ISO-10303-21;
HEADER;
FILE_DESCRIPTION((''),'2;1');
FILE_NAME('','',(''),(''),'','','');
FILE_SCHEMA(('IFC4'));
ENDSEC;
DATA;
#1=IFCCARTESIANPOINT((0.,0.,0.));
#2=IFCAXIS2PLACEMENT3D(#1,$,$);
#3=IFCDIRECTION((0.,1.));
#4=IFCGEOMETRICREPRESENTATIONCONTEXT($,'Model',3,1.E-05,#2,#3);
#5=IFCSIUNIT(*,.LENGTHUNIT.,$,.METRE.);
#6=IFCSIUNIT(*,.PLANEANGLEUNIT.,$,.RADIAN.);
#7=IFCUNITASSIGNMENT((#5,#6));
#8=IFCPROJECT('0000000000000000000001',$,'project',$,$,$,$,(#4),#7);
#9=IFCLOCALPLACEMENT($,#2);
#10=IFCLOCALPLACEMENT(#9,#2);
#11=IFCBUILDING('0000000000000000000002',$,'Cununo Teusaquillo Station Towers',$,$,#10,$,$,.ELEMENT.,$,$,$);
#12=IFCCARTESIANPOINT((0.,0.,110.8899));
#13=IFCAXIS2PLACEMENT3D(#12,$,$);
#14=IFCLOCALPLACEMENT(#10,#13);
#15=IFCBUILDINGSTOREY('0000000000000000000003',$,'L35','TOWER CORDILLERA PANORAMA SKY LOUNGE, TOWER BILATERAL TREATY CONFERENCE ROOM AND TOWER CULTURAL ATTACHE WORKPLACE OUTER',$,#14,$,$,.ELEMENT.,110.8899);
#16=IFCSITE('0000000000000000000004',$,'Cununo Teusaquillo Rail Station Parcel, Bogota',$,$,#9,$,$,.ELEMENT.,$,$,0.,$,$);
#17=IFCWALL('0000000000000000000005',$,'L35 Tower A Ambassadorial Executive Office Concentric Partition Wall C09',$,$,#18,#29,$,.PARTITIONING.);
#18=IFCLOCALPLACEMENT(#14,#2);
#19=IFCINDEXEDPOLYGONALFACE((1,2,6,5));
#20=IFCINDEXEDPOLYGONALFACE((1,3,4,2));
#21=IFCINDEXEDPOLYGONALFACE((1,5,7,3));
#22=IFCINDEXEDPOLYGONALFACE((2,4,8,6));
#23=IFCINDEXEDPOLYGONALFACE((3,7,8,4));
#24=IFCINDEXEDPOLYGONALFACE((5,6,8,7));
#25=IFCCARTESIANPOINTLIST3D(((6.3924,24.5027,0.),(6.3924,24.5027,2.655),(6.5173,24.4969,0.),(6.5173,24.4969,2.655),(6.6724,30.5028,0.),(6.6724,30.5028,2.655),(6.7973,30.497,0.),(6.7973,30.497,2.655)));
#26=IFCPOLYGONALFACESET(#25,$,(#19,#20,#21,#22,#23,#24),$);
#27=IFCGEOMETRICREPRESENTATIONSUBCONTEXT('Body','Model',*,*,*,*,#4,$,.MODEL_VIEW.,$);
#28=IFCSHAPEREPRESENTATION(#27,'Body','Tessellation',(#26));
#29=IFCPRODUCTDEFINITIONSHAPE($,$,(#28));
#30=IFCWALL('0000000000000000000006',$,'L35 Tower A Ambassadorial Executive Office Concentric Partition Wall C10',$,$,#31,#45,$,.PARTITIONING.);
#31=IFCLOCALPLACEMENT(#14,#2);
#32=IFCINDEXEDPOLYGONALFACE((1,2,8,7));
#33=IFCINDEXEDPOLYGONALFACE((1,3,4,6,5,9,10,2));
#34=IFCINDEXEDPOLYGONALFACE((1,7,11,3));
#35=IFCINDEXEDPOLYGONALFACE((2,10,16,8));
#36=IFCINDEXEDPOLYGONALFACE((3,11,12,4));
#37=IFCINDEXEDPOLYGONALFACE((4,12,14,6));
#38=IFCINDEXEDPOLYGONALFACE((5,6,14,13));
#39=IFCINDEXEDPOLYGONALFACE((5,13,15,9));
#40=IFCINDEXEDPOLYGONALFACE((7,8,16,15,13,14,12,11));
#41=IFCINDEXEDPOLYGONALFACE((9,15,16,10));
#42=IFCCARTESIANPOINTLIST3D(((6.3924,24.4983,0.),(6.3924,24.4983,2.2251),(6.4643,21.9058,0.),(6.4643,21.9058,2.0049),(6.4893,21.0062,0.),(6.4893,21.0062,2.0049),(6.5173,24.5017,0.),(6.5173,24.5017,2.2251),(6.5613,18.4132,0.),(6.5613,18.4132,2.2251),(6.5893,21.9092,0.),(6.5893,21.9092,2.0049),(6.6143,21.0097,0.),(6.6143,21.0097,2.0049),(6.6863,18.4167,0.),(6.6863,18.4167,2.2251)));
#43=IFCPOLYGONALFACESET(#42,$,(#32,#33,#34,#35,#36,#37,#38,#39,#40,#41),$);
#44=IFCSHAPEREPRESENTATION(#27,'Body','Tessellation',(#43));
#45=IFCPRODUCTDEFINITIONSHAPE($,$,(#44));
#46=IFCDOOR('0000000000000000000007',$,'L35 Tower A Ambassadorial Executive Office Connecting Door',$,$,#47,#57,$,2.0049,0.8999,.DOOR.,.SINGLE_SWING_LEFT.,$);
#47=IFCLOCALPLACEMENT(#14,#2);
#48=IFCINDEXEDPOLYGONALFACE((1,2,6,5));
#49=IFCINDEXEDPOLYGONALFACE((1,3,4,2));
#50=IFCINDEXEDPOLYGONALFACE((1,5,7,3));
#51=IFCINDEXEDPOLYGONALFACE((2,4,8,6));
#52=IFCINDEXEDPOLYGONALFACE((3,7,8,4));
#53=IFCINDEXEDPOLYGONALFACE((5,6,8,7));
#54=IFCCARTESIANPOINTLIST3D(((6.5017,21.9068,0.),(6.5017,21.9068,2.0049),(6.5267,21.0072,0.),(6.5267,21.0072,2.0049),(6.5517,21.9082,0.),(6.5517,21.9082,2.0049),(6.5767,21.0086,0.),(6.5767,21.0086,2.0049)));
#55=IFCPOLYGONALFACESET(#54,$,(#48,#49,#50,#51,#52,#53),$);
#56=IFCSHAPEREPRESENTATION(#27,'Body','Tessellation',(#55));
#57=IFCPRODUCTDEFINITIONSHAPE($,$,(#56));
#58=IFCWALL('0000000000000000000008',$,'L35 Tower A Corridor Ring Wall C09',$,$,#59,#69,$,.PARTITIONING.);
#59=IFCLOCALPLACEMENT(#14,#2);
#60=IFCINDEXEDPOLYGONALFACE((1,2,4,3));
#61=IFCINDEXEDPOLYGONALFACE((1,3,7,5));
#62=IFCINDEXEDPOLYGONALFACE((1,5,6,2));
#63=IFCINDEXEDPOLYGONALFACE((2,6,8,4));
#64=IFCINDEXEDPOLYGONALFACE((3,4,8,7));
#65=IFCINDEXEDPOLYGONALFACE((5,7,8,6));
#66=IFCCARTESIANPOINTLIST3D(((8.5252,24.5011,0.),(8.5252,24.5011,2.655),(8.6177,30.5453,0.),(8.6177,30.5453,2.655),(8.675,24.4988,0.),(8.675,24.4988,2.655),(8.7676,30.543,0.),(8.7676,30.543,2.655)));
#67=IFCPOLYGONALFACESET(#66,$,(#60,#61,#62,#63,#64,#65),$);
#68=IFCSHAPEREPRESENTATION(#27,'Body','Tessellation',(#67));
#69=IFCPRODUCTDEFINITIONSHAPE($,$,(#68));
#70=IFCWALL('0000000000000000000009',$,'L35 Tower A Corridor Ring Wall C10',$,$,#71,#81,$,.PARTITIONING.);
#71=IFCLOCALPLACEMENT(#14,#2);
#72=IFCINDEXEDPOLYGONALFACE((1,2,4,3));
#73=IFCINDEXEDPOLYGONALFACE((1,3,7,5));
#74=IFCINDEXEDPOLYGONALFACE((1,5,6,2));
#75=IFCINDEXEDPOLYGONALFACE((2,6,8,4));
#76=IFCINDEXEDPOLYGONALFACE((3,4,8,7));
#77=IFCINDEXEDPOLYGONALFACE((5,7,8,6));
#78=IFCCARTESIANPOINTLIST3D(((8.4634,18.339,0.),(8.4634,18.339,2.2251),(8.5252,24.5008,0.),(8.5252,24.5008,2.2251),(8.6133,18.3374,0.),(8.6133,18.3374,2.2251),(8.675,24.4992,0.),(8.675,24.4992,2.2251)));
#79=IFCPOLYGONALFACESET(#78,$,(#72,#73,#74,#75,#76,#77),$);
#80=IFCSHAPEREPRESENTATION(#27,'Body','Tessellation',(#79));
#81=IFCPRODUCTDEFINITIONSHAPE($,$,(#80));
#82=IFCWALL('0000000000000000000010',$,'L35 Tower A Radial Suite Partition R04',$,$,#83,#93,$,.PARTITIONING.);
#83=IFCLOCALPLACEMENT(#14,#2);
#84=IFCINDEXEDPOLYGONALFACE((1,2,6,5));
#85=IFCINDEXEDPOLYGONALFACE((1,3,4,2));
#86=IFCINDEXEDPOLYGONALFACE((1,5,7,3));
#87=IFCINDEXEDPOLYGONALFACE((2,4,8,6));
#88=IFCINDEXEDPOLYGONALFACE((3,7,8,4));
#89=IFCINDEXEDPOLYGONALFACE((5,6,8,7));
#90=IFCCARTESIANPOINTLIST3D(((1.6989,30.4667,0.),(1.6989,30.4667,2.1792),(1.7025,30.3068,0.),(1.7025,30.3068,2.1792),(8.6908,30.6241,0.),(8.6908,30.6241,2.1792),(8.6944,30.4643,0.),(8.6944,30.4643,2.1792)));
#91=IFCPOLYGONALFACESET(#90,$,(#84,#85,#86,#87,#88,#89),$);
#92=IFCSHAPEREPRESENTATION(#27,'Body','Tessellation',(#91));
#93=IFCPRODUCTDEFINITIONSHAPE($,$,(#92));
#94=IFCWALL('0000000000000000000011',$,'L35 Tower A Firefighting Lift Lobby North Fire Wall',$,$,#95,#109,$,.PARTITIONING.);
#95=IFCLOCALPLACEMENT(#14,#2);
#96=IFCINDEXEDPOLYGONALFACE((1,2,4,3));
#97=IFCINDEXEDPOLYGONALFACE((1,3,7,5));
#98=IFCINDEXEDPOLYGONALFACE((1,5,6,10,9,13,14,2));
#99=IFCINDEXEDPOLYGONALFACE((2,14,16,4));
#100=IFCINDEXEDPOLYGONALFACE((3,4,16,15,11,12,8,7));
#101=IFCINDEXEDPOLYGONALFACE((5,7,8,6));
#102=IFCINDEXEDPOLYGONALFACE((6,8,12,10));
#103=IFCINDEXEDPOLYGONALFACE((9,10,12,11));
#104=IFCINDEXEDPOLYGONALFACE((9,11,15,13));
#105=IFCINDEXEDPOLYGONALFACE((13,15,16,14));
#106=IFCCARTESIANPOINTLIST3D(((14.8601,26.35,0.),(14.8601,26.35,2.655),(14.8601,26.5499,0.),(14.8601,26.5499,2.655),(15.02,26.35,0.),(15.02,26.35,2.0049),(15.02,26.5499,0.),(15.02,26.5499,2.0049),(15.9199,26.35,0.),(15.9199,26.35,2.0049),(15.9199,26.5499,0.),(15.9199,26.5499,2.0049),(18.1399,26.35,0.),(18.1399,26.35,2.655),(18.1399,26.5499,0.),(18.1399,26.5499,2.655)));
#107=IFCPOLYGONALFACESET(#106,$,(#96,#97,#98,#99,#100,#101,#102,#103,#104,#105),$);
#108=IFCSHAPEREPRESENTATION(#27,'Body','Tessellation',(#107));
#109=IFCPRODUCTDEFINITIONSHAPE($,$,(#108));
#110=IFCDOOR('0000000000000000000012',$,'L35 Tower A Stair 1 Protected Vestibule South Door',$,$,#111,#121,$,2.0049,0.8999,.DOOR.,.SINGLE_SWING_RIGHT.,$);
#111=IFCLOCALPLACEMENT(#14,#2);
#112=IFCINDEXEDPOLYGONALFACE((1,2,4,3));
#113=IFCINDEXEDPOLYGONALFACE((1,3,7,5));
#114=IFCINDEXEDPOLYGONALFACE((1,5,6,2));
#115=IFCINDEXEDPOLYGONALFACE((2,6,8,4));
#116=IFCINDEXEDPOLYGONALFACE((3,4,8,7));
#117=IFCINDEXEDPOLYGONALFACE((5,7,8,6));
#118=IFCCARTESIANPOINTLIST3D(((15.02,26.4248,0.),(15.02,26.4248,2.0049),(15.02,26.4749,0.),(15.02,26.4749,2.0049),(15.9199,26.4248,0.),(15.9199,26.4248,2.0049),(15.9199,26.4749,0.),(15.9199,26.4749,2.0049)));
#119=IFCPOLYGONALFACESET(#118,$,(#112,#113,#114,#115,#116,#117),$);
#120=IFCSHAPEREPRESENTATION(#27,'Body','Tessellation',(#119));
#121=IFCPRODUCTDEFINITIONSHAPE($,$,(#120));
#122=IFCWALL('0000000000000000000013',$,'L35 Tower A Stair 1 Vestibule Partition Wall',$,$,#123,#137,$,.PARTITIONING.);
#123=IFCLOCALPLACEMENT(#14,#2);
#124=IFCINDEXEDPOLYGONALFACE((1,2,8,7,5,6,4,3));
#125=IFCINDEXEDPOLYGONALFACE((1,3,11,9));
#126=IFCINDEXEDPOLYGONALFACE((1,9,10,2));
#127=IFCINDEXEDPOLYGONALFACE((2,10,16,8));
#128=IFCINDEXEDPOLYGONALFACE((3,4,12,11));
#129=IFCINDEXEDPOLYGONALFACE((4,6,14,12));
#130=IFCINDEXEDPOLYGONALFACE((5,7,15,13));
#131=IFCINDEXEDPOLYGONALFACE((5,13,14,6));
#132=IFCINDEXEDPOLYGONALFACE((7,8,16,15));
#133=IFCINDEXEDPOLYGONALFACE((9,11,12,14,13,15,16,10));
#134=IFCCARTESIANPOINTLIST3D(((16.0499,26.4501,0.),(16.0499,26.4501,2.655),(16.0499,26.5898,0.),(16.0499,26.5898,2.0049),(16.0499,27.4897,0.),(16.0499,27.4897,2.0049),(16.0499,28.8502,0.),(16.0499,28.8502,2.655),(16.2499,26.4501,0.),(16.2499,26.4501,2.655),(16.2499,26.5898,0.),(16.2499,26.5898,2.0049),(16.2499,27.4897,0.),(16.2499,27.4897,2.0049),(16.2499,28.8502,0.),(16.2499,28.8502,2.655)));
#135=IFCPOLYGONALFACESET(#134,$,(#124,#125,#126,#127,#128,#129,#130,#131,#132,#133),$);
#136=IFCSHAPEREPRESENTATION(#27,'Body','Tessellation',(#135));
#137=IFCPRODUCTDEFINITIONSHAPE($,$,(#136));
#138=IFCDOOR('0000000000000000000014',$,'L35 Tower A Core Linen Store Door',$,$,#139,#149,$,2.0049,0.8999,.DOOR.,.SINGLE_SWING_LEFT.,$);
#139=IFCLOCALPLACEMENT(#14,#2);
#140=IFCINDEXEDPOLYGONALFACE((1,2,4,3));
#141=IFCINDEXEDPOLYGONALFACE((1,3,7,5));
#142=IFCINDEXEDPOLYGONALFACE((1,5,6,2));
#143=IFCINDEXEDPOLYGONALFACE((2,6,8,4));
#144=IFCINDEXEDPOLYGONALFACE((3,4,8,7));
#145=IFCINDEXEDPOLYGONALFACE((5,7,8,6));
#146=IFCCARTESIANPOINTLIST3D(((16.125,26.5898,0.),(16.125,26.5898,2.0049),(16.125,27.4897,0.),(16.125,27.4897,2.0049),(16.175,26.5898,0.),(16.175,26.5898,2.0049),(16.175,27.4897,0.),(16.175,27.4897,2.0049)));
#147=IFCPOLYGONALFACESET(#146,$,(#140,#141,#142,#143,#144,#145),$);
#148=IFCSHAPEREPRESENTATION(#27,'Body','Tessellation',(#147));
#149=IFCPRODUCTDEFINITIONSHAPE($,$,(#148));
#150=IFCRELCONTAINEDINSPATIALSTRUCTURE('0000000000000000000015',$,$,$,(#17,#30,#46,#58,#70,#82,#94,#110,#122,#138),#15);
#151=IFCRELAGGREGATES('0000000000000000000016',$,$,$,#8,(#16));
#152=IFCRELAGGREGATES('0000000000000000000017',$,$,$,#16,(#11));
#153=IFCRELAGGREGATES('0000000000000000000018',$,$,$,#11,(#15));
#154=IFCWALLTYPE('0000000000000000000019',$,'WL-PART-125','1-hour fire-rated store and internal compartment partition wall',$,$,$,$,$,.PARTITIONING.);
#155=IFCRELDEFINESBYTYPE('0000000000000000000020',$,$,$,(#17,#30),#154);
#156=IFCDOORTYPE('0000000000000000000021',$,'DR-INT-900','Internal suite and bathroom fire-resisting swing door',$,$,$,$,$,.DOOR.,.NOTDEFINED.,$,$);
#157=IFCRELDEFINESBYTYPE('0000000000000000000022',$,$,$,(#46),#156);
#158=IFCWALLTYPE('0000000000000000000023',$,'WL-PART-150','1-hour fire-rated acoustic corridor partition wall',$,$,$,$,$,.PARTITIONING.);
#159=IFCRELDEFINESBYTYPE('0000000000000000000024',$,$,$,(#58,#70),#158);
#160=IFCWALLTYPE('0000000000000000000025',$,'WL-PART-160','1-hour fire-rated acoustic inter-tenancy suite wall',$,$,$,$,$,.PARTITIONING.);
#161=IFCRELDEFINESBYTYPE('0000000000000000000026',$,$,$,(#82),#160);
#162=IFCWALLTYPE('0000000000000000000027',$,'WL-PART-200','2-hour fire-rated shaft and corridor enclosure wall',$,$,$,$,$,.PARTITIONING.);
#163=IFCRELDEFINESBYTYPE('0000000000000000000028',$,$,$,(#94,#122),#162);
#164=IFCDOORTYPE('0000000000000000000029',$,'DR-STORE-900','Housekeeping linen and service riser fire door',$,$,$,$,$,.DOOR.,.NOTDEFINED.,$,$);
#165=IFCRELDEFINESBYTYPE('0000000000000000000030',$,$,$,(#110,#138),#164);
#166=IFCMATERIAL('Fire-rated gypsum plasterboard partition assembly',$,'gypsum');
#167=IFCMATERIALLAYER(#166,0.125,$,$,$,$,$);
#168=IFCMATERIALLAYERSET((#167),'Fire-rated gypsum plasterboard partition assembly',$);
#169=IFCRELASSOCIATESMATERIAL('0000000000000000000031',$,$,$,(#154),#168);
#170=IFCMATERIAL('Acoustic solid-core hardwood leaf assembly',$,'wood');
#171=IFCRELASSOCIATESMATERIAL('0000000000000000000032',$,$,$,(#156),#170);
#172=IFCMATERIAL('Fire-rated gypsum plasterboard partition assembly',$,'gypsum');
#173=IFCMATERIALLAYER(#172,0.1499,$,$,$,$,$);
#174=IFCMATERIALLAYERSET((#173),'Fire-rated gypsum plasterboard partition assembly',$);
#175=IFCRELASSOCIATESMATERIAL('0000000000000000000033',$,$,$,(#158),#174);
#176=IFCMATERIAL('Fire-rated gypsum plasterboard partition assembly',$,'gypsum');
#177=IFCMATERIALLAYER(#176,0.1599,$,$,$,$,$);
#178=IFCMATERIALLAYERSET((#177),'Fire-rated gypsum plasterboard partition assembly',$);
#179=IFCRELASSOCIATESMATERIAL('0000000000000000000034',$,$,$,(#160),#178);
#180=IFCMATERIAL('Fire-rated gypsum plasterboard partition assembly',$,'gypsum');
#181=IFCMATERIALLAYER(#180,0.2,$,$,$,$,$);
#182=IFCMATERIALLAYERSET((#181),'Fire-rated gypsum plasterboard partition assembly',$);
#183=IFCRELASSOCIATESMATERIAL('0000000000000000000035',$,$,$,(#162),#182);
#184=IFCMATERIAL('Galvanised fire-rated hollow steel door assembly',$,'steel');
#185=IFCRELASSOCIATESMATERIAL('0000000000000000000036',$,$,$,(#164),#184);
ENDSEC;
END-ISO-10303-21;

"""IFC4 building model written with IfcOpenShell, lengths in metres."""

from ifc_helpers import new_model, si_unit, direction, frame, frame_2d, origin, place, context, subcontext, project, spatial, rectangle, extrude, source, transform, mapped, material, layer, layer_set, type_object, element, fill, save


model = new_model("IFC4")

# Units and contexts
model_context = context("Model", 3, precision=1e-05, world=origin(), true_north=direction((0.0, 1.0)))
body_context = subcontext(model_context, "Body", "Model", "MODEL_VIEW")
ifc_project = project(units=[si_unit("LENGTHUNIT", "METRE"), si_unit("PLANEANGLEUNIT", "RADIAN")], contexts=[model_context])

# Site, building, storey
site_placement = place(None, origin())
site = spatial("IfcSite", under=ifc_project, at=site_placement, Name="Cununo Teusaquillo Rail Station Parcel, Bogota", CompositionType="ELEMENT", RefElevation=0.0)
building_placement = place(site_placement, origin())
building = spatial("IfcBuilding", under=site, at=building_placement, Name="Cununo Teusaquillo Station Towers", CompositionType="ELEMENT")
storey_placement = place(building_placement, frame((0.0, 0.0, 110.8899)))
storey = spatial("IfcBuildingStorey", under=building, at=storey_placement, Name="L35", Description="TOWER CORDILLERA PANORAMA SKY LOUNGE, TOWER BILATERAL TREATY CONFERENCE ROOM AND TOWER CULTURAL ATTACHE WORKPLACE OUTER", CompositionType="ELEMENT", Elevation=110.8899)

# Wall
ifc_material_1 = material(Name="Fire-rated gypsum plasterboard partition assembly", Category="gypsum")
ifc_layer_1 = layer(ifc_material_1, 0.125)
ifc_layer_set_1 = layer_set([ifc_layer_1], Name="Fire-rated gypsum plasterboard partition assembly")
wall_type_1 = type_object("IfcWallType", Name="WL-PART-125", Description="1-hour fire-rated store and internal compartment partition wall", PredefinedType="PARTITIONING", material=ifc_layer_set_1)
wall_1_placement = place(storey_placement, frame((6.7349, 30.5, 0.0), z_axis=(0.0, 0.0, 1.0), x_axis=(-0.046621, -0.998913, 0.0)))
element("IfcWall", 1, at=wall_1_placement, inside=storey, type_object=wall_type_1, Name="L35 Tower A Ambassadorial Executive Office Concentric Partition Wall C09", PredefinedType="PARTITIONING", context=body_context, shape_type="SweptSolid", body=[
    extrude(rectangle(XDim=6.0066, YDim=0.125, at=frame_2d((3.0034, 0.0))), origin(), (0.0, 0.0, 1.0), 2.655),
])

# Wall, opening, door
wall_2_placement = place(storey_placement, frame((6.4548, 24.5, 0.0), z_axis=(0.0, 0.0, 1.0), x_axis=(0.027754, -0.999615, 0.0)))
wall_2 = element("IfcWall", 2, at=wall_2_placement, inside=storey, type_object=wall_type_1, Name="L35 Tower A Ambassadorial Executive Office Concentric Partition Wall C10", PredefinedType="PARTITIONING", context=body_context, shape_type="SweptSolid", body=[
    extrude(rectangle(XDim=6.0874, YDim=0.125, at=frame_2d((3.0437, 0.0))), origin(), (0.0, 0.0, 1.0), 2.2251),
])
shared_shape_1 = source(origin(), body_context, "Body", "SweptSolid", [
    extrude(rectangle(XDim=0.8999, YDim=2.0049, at=frame_2d((0.45, 1.0024))), frame((0.0, 0.0725, 0.0), z_axis=(0.0, -1.0, 0.0), x_axis=(1.0, 0.0, 0.0)), (0.0, 0.0, 1.0), 0.145),
])
opening_1_placement = place(wall_2_placement, frame((2.5935, 0.0, 0.0)))
opening_1 = element("IfcOpeningElement", 3, at=opening_1_placement, cuts=wall_2, PredefinedType="OPENING", context=body_context, shape_type="MappedRepresentation", body=[
    mapped(shared_shape_1, transform((0.0, 0.0, 0.0), x_axis=(1.0, 0.0, 0.0), y_axis=(0.0, 1.0, 0.0), z_axis=(0.0, 0.0, 1.0), scale=1.0)),
])
ifc_material_2 = material(Name="Acoustic solid-core hardwood leaf assembly", Category="wood")
door_type_1 = type_object("IfcDoorType", Name="DR-INT-900", Description="Internal suite and bathroom fire-resisting swing door", OperationType="NOTDEFINED", PredefinedType="DOOR", material=ifc_material_2)
shared_shape_2 = source(origin(), body_context, "Body", "SweptSolid", [
    extrude(rectangle(XDim=0.8999, YDim=2.0049, at=frame_2d((0.45, 1.0024))), frame((0.0, 0.0249, 0.0), z_axis=(0.0, -1.0, 0.0), x_axis=(1.0, 0.0, 0.0)), (0.0, 0.0, 1.0), 0.05),
])
door_1_placement = place(opening_1_placement, origin())
door_1 = element("IfcDoor", 4, at=door_1_placement, inside=storey, type_object=door_type_1, Name="L35 Tower A Ambassadorial Executive Office Connecting Door", OperationType="SINGLE_SWING_LEFT", OverallHeight=2.0049, OverallWidth=0.8999, PredefinedType="DOOR", context=body_context, shape_type="MappedRepresentation", body=[
    mapped(shared_shape_2, transform((0.0, 0.0, 0.0), x_axis=(1.0, 0.0, 0.0), y_axis=(0.0, 1.0, 0.0), z_axis=(0.0, 0.0, 1.0), scale=1.0)),
])
fill(opening_1, door_1)

# Walls
ifc_material_3 = material(Name="Fire-rated gypsum plasterboard partition assembly", Category="gypsum")
ifc_layer_2 = layer(ifc_material_3, 0.1499)
ifc_layer_set_2 = layer_set([ifc_layer_2], Name="Fire-rated gypsum plasterboard partition assembly")
wall_type_2 = type_object("IfcWallType", Name="WL-PART-150", Description="1-hour fire-rated acoustic corridor partition wall", PredefinedType="PARTITIONING", material=ifc_layer_set_2)
wall_3_placement = place(storey_placement, frame((8.6926, 30.5442, 0.0), z_axis=(0.0, 0.0, 1.0), x_axis=(-0.015307, -0.999883, 0.0)))
element("IfcWall", 5, at=wall_3_placement, inside=storey, type_object=wall_type_2, Name="L35 Tower A Corridor Ring Wall C09", PredefinedType="PARTITIONING", context=body_context, shape_type="SweptSolid", body=[
    extrude(rectangle(XDim=6.0449, YDim=0.1499, at=frame_2d((3.0225, 0.0))), origin(), (0.0, 0.0, 1.0), 2.655),
])
wall_4_placement = place(storey_placement, frame((8.6001, 24.5, 0.0), z_axis=(0.0, 0.0, 1.0), x_axis=(-0.010024, -0.99995, 0.0)))
element("IfcWall", 6, at=wall_4_placement, inside=storey, type_object=wall_type_2, Name="L35 Tower A Corridor Ring Wall C10", PredefinedType="PARTITIONING", context=body_context, shape_type="SweptSolid", body=[
    extrude(rectangle(XDim=6.1621, YDim=0.1499, at=frame_2d((3.0811, 0.0))), origin(), (0.0, 0.0, 1.0), 2.2251),
])
ifc_material_4 = material(Name="Fire-rated gypsum plasterboard partition assembly", Category="gypsum")
ifc_layer_3 = layer(ifc_material_4, 0.1599)
ifc_layer_set_3 = layer_set([ifc_layer_3], Name="Fire-rated gypsum plasterboard partition assembly")
wall_type_3 = type_object("IfcWallType", Name="WL-PART-160", Description="1-hour fire-rated acoustic inter-tenancy suite wall", PredefinedType="PARTITIONING", material=ifc_layer_set_3)
wall_5_placement = place(storey_placement, frame((8.6926, 30.5442, 0.0), z_axis=(0.0, 0.0, 1.0), x_axis=(-0.999746, -0.022516, 0.0)))
element("IfcWall", 7, at=wall_5_placement, inside=storey, type_object=wall_type_3, Name="L35 Tower A Radial Suite Partition R04", PredefinedType="PARTITIONING", context=body_context, shape_type="SweptSolid", body=[
    extrude(rectangle(XDim=6.9937, YDim=0.1599, at=frame_2d((3.4968, 0.0))), origin(), (0.0, 0.0, 1.0), 2.1792),
])

# Walls, openings, doors
ifc_material_5 = material(Name="Fire-rated gypsum plasterboard partition assembly", Category="gypsum")
ifc_layer_4 = layer(ifc_material_5, 0.2)
ifc_layer_set_4 = layer_set([ifc_layer_4], Name="Fire-rated gypsum plasterboard partition assembly")
wall_type_4 = type_object("IfcWallType", Name="WL-PART-200", Description="2-hour fire-rated shaft and corridor enclosure wall", PredefinedType="PARTITIONING", material=ifc_layer_set_4)
wall_6_placement = place(storey_placement, frame((14.8601, 26.45, 0.0), z_axis=(0.0, 0.0, 1.0), x_axis=(1.0, 0.0, 0.0)))
wall_6 = element("IfcWall", 8, at=wall_6_placement, inside=storey, type_object=wall_type_4, Name="L35 Tower A Firefighting Lift Lobby North Fire Wall", PredefinedType="PARTITIONING", context=body_context, shape_type="SweptSolid", body=[
    extrude(rectangle(XDim=3.2798, YDim=0.2, at=frame_2d((1.6399, 0.0))), origin(), (0.0, 0.0, 1.0), 2.655),
])
shared_shape_3 = source(origin(), body_context, "Body", "SweptSolid", [
    extrude(rectangle(XDim=0.8999, YDim=2.0049, at=frame_2d((0.45, 1.0024))), frame((0.0, 0.1099, 0.0), z_axis=(0.0, -1.0, 0.0), x_axis=(1.0, 0.0, 0.0)), (0.0, 0.0, 1.0), 0.22),
])
opening_2_placement = place(wall_6_placement, frame((0.1599, 0.0, 0.0)))
opening_2 = element("IfcOpeningElement", 9, at=opening_2_placement, cuts=wall_6, PredefinedType="OPENING", context=body_context, shape_type="MappedRepresentation", body=[
    mapped(shared_shape_3, transform((0.0, 0.0, 0.0), x_axis=(1.0, 0.0, 0.0), y_axis=(0.0, 1.0, 0.0), z_axis=(0.0, 0.0, 1.0), scale=1.0)),
])
ifc_material_6 = material(Name="Galvanised fire-rated hollow steel door assembly", Category="steel")
door_type_2 = type_object("IfcDoorType", Name="DR-STORE-900", Description="Housekeeping linen and service riser fire door", OperationType="NOTDEFINED", PredefinedType="DOOR", material=ifc_material_6)
door_2_placement = place(opening_2_placement, origin())
door_2 = element("IfcDoor", 10, at=door_2_placement, inside=storey, type_object=door_type_2, Name="L35 Tower A Stair 1 Protected Vestibule South Door", OperationType="SINGLE_SWING_RIGHT", OverallHeight=2.0049, OverallWidth=0.8999, PredefinedType="DOOR", context=body_context, shape_type="MappedRepresentation", body=[
    mapped(shared_shape_2, transform((0.0, 0.0, 0.0), x_axis=(1.0, 0.0, 0.0), y_axis=(0.0, 1.0, 0.0), z_axis=(0.0, 0.0, 1.0), scale=1.0)),
])
fill(opening_2, door_2)
wall_7_placement = place(storey_placement, frame((16.1499, 26.45, 0.0), z_axis=(0.0, 0.0, 1.0), x_axis=(0.0, 1.0, 0.0)))
wall_7 = element("IfcWall", 11, at=wall_7_placement, inside=storey, type_object=wall_type_4, Name="L35 Tower A Stair 1 Vestibule Partition Wall", PredefinedType="PARTITIONING", context=body_context, shape_type="SweptSolid", body=[
    extrude(rectangle(XDim=2.4001, YDim=0.2, at=frame_2d((1.2002, 0.0))), origin(), (0.0, 0.0, 1.0), 2.655),
])
opening_3_placement = place(wall_7_placement, frame((0.1399, 0.0, 0.0)))
opening_3 = element("IfcOpeningElement", 12, at=opening_3_placement, cuts=wall_7, PredefinedType="OPENING", context=body_context, shape_type="MappedRepresentation", body=[
    mapped(shared_shape_3, transform((0.0, 0.0, 0.0), x_axis=(1.0, 0.0, 0.0), y_axis=(0.0, 1.0, 0.0), z_axis=(0.0, 0.0, 1.0), scale=1.0)),
])
door_3_placement = place(opening_3_placement, origin())
door_3 = element("IfcDoor", 13, at=door_3_placement, inside=storey, type_object=door_type_2, Name="L35 Tower A Core Linen Store Door", OperationType="SINGLE_SWING_LEFT", OverallHeight=2.0049, OverallWidth=0.8999, PredefinedType="DOOR", context=body_context, shape_type="MappedRepresentation", body=[
    mapped(shared_shape_2, transform((0.0, 0.0, 0.0), x_axis=(1.0, 0.0, 0.0), y_axis=(0.0, 1.0, 0.0), z_axis=(0.0, 0.0, 1.0), scale=1.0)),
])
fill(opening_3, door_3)

save(model, "model.ifc")
